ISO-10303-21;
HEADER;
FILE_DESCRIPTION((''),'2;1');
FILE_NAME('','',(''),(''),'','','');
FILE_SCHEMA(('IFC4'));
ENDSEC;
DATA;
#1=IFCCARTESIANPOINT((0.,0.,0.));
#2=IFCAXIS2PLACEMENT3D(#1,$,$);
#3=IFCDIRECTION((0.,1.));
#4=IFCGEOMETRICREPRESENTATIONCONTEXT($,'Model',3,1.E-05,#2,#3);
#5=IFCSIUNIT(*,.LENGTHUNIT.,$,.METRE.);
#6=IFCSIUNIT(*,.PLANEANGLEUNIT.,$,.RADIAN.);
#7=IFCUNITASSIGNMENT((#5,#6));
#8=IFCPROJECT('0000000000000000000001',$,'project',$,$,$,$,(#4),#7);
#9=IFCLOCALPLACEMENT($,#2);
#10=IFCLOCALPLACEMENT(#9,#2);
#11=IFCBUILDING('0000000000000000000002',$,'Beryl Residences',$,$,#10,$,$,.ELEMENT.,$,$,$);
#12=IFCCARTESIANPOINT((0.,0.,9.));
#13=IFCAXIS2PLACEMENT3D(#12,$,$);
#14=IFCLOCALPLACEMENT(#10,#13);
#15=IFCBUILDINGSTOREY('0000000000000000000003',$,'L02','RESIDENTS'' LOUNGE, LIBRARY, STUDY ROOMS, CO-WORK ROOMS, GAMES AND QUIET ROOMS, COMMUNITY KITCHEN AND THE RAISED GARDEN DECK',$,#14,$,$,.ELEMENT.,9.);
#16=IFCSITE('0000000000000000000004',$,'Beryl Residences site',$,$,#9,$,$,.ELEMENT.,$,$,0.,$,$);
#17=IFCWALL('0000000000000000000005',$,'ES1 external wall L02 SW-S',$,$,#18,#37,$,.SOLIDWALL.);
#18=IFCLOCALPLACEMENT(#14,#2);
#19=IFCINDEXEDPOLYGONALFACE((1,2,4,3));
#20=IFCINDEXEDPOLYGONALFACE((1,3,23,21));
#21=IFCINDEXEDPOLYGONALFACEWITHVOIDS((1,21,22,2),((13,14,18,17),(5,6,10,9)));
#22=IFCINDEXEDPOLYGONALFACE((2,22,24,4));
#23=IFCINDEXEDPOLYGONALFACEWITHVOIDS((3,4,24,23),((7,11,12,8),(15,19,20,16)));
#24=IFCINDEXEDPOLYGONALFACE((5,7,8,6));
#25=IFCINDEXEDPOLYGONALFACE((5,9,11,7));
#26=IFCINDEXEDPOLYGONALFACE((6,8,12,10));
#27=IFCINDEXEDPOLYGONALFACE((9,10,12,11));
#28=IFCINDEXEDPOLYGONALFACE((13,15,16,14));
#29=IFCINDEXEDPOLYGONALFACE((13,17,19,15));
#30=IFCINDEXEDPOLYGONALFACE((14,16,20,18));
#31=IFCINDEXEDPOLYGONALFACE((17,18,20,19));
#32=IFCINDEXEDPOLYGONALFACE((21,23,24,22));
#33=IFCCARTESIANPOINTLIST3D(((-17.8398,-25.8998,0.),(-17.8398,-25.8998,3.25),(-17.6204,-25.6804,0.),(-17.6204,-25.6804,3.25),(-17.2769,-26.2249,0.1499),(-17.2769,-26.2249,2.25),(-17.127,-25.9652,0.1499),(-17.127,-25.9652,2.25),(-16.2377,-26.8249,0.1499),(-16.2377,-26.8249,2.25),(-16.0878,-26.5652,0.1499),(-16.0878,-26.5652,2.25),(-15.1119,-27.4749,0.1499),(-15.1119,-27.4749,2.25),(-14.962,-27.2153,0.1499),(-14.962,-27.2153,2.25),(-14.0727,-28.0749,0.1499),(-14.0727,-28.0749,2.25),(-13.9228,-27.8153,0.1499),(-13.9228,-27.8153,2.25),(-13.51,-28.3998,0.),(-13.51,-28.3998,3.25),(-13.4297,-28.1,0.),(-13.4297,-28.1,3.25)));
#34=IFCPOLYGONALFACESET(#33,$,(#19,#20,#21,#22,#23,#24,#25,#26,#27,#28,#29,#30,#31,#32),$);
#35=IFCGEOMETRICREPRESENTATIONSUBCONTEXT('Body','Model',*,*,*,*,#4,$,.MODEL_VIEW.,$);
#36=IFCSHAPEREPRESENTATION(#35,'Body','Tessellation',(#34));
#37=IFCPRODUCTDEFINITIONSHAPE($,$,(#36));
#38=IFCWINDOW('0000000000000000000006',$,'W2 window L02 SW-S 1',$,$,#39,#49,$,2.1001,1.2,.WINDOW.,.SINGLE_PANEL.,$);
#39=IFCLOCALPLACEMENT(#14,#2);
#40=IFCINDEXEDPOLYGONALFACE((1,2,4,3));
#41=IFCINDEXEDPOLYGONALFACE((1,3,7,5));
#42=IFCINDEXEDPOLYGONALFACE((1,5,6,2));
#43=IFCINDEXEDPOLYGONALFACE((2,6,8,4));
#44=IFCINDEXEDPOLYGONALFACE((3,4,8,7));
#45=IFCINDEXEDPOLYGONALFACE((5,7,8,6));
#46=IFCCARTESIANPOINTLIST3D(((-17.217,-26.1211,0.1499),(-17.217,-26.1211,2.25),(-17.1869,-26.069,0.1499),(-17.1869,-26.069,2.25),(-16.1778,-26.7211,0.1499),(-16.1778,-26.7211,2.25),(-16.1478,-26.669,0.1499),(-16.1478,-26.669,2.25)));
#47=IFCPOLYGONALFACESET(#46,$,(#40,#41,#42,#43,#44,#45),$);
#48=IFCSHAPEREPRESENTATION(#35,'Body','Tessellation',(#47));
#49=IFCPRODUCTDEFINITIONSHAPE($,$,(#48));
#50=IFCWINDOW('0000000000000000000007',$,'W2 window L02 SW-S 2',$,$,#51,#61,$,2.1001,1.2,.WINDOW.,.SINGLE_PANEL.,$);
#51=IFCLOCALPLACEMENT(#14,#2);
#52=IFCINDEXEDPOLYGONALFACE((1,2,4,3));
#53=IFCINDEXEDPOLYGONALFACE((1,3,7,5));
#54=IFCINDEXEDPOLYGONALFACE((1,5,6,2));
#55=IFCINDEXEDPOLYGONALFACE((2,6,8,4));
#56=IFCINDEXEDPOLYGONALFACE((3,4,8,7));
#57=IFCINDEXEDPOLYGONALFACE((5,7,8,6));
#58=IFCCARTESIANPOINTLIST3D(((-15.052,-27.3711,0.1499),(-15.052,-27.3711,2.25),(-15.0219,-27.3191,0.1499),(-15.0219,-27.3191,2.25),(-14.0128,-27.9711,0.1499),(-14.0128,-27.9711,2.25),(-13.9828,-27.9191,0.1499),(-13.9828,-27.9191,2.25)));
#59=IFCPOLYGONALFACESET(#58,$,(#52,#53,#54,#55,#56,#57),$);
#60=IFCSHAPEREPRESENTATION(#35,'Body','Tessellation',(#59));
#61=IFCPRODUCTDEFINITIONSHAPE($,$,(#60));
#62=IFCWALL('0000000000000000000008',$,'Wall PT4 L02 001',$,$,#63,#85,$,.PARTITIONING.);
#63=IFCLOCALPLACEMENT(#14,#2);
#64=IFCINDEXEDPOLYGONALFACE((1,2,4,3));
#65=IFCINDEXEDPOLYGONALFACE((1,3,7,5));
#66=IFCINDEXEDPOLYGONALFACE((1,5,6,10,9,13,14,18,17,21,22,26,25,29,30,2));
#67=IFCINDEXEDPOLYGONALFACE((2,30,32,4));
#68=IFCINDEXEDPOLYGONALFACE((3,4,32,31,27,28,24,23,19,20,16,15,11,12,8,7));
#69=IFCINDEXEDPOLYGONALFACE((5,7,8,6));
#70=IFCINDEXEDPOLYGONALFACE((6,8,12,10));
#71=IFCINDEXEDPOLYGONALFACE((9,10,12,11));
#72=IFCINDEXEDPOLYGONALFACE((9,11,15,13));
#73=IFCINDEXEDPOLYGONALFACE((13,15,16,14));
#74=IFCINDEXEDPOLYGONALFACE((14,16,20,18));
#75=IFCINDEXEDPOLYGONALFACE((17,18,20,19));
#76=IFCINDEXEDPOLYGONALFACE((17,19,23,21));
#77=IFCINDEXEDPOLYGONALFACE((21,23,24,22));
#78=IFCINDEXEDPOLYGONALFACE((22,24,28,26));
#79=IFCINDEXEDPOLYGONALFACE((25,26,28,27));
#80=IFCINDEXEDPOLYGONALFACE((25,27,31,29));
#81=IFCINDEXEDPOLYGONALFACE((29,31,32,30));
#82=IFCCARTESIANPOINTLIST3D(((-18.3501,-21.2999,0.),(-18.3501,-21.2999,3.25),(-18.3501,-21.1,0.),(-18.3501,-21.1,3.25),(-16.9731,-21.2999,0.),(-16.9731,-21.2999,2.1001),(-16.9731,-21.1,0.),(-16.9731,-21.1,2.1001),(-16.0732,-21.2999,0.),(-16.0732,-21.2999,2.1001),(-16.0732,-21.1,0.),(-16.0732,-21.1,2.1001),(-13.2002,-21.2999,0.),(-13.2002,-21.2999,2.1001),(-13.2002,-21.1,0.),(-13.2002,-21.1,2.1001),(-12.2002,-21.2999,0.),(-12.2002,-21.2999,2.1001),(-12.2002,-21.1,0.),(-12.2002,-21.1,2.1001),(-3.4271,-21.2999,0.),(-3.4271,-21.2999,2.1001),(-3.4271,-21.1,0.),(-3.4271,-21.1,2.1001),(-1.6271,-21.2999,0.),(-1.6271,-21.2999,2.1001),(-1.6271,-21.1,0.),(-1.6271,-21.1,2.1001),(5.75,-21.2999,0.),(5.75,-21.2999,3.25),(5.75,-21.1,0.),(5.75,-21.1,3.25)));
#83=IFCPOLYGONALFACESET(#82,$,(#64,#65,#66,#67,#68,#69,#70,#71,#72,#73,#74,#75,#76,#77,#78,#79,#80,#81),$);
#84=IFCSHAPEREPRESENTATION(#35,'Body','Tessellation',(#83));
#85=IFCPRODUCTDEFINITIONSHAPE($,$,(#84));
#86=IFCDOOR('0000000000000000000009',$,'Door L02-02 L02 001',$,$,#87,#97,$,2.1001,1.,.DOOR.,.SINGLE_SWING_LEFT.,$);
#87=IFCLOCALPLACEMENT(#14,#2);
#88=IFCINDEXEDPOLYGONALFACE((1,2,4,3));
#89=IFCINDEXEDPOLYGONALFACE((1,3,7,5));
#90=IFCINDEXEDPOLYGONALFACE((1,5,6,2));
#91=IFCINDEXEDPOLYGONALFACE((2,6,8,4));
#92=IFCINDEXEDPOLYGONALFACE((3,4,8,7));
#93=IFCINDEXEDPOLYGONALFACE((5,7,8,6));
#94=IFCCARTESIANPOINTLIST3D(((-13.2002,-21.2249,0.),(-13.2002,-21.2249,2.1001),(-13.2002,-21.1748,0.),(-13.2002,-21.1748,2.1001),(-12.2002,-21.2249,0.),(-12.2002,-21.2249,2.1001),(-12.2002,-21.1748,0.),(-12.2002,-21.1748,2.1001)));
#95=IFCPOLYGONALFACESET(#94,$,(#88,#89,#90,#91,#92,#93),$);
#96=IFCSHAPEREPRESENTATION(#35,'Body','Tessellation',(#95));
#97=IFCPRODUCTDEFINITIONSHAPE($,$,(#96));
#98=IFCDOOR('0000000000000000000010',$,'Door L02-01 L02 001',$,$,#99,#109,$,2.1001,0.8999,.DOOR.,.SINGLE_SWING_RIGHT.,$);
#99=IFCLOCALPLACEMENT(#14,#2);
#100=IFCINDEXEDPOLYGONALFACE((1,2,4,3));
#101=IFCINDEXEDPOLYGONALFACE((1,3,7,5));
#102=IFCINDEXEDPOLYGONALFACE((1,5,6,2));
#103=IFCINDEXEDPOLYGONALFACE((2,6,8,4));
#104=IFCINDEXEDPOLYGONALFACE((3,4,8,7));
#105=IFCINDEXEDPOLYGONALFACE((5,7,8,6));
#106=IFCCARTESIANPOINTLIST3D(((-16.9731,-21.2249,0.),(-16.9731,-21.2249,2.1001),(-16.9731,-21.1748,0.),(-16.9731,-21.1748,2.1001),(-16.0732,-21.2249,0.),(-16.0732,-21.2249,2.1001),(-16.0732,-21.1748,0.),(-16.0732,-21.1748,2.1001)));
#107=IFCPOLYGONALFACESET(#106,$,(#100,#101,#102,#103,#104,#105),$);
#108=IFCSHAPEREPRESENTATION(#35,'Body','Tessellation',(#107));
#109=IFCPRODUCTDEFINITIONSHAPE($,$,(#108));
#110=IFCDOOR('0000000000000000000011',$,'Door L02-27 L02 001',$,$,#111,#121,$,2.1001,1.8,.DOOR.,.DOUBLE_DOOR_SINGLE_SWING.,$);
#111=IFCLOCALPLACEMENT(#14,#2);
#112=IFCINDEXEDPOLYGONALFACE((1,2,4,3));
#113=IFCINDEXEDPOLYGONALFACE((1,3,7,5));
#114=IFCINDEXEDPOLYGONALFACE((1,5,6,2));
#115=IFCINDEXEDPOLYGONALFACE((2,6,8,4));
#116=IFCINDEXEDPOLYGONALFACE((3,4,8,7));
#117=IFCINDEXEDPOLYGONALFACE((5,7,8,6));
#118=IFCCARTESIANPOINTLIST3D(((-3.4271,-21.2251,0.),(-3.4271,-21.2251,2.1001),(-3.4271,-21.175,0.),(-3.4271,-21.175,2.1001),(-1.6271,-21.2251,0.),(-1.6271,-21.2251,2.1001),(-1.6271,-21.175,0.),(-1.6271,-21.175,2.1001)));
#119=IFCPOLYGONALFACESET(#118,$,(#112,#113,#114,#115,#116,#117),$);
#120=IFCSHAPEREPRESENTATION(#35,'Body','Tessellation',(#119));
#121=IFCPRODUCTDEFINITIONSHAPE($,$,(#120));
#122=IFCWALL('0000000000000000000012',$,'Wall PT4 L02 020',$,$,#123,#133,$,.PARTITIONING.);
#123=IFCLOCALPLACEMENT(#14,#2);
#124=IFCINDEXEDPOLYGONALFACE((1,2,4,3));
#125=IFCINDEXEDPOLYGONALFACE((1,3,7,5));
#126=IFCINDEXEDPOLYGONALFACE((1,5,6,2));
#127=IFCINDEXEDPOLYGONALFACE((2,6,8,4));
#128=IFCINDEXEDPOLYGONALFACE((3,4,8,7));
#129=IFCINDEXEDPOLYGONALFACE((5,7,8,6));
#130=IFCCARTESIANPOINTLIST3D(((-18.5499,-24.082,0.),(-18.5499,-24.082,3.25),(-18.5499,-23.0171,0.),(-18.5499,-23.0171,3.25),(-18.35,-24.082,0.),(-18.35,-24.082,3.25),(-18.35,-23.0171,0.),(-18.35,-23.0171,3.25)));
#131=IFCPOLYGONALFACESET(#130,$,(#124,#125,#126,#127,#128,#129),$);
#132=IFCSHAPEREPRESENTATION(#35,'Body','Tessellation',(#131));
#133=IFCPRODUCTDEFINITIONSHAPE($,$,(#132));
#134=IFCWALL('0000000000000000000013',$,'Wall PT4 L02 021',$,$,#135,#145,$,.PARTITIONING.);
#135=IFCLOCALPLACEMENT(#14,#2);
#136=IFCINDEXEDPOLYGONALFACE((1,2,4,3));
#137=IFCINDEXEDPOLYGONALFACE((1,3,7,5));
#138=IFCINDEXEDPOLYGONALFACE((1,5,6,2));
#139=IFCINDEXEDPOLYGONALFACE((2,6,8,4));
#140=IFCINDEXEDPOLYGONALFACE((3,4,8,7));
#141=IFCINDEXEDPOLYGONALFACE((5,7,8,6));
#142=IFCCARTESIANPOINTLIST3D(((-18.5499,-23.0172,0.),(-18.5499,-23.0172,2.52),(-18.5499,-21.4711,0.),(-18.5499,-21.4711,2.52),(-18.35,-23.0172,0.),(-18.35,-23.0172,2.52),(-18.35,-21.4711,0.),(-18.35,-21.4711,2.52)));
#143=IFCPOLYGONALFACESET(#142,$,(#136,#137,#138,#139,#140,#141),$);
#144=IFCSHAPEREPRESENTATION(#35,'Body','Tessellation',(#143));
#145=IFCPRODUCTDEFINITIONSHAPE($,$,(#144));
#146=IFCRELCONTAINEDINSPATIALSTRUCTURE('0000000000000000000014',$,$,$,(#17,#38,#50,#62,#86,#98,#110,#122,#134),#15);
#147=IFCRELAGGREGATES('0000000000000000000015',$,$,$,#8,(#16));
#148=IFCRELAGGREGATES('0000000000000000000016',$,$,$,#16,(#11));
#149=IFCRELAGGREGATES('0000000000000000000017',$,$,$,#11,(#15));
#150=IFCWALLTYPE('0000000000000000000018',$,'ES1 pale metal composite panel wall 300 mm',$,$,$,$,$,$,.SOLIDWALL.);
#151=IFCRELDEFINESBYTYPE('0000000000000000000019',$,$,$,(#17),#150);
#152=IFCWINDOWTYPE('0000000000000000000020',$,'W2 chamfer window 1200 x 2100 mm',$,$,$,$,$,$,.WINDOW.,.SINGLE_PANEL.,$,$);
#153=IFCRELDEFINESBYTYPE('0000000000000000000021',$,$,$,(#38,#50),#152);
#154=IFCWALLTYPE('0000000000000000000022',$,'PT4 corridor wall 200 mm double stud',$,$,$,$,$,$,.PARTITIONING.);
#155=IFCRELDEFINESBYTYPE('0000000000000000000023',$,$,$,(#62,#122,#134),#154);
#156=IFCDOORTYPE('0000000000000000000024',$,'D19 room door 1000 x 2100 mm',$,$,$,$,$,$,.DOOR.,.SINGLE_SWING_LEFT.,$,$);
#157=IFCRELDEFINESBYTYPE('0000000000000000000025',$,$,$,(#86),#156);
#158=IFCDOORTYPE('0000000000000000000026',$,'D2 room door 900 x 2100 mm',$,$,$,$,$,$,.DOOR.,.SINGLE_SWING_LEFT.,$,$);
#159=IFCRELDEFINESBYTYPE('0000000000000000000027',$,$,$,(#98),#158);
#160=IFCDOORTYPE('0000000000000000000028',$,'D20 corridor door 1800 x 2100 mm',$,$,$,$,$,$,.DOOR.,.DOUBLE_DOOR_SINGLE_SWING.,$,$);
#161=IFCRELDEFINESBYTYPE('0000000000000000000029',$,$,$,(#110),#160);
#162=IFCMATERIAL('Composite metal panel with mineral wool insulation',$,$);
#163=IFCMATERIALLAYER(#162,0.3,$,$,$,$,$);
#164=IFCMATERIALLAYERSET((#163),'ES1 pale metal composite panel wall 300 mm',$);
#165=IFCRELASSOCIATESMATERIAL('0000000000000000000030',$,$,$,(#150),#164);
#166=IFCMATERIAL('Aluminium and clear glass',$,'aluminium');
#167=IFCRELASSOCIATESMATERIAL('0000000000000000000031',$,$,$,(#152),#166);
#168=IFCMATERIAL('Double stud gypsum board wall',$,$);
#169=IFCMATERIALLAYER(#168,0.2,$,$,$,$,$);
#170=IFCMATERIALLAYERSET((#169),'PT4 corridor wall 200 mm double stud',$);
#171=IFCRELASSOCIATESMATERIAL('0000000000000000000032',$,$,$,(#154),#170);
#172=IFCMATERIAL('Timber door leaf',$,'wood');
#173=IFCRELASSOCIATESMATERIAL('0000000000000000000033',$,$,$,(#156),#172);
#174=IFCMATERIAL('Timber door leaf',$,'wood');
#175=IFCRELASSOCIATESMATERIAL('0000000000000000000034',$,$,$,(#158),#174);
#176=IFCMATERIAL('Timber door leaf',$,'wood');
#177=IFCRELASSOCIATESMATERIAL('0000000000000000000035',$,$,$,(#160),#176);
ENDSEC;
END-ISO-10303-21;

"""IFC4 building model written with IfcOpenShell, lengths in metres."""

from ifc_helpers import new_model, si_unit, direction, frame, frame_2d, origin, place, context, subcontext, project, spatial, polyline, rectangle, outline, extrude, material, layer, layer_set, type_object, element, fill, save


model = new_model("IFC4")

# Units and contexts
model_context = context("Model", 3, precision=1e-05, world=origin(), true_north=direction((0.0, 1.0)))
body_context = subcontext(model_context, "Body", "Model", "MODEL_VIEW")
ifc_project = project(units=[si_unit("LENGTHUNIT", "METRE"), si_unit("PLANEANGLEUNIT", "RADIAN")], contexts=[model_context])

# Site, building, storey
site_placement = place(None, origin())
site = spatial("IfcSite", under=ifc_project, at=site_placement, Name="Beryl Residences site", CompositionType="ELEMENT", RefElevation=0.0)
building_placement = place(site_placement, origin())
building = spatial("IfcBuilding", under=site, at=building_placement, Name="Beryl Residences", CompositionType="ELEMENT")
storey_placement = place(building_placement, frame((0.0, 0.0, 9.0)))
storey = spatial("IfcBuildingStorey", under=building, at=storey_placement, Name="L02", Description="RESIDENTS' LOUNGE, LIBRARY, STUDY ROOMS, CO-WORK ROOMS, GAMES AND QUIET ROOMS, COMMUNITY KITCHEN AND THE RAISED GARDEN DECK", CompositionType="ELEMENT", Elevation=9.0)

# Wall, openings, windows
ifc_material_1 = material(Name="Composite metal panel with mineral wool insulation")
ifc_layer_1 = layer(ifc_material_1, 0.3)
ifc_layer_set_1 = layer_set([ifc_layer_1], Name="ES1 pale metal composite panel wall 300 mm")
wall_type_1 = type_object("IfcWallType", Name="ES1 pale metal composite panel wall 300 mm", PredefinedType="SOLIDWALL", material=ifc_layer_set_1)
wall_1_placement = place(storey_placement, frame((-17.7649, -25.77, 0.0), z_axis=(0.0, 0.0, 1.0), x_axis=(0.866011, -0.500025, 0.0)))
wall_1 = element("IfcWall", 1, at=wall_1_placement, inside=storey, type_object=wall_type_1, Name="ES1 external wall L02 SW-S", PredefinedType="SOLIDWALL", context=body_context, shape_type="SweptSolid", body=[
    extrude(outline(polyline([(0.0, -0.1499), (4.9998, -0.1499), (4.9194, 0.1499), (0.0803, 0.1499), (0.0, -0.1499)])), origin(), (0.0, 0.0, 1.0), 3.25),
])
opening_1_placement = place(wall_1_placement, frame((0.6499, 0.0, 0.1499)))
opening_1 = element("IfcOpeningElement", 2, at=opening_1_placement, cuts=wall_1, PredefinedType="OPENING", context=body_context, shape_type="SweptSolid", body=[
    extrude(rectangle(XDim=1.2, YDim=2.1001, at=frame_2d((0.6001, 1.05))), frame((0.0, 0.1599, 0.0), z_axis=(0.0, -1.0, 0.0), x_axis=(1.0, 0.0, 0.0)), (0.0, 0.0, 1.0), 0.3201),
])
opening_2_placement = place(wall_1_placement, frame((3.1499, 0.0, 0.1499)))
opening_2 = element("IfcOpeningElement", 3, at=opening_2_placement, cuts=wall_1, PredefinedType="OPENING", context=body_context, shape_type="SweptSolid", body=[
    extrude(rectangle(XDim=1.2, YDim=2.1001, at=frame_2d((0.6001, 1.05))), frame((0.0, 0.1599, 0.0), z_axis=(0.0, -1.0, 0.0), x_axis=(1.0, 0.0, 0.0)), (0.0, 0.0, 1.0), 0.3201),
])
ifc_material_2 = material(Name="Aluminium and clear glass", Category="aluminium")
window_type = type_object("IfcWindowType", Name="W2 chamfer window 1200 x 2100 mm", PartitioningType="SINGLE_PANEL", PredefinedType="WINDOW", material=ifc_material_2)
window_1_placement = place(opening_1_placement, origin())
window_1 = element("IfcWindow", 4, at=window_1_placement, inside=storey, type_object=window_type, Name="W2 window L02 SW-S 1", OverallHeight=2.1001, OverallWidth=1.2, PartitioningType="SINGLE_PANEL", PredefinedType="WINDOW", context=body_context, shape_type="SweptSolid", body=[
    extrude(rectangle(XDim=1.2, YDim=2.1001, at=frame_2d((0.6001, 1.05))), frame((0.0, 0.03, 0.0), z_axis=(0.0, -1.0, 0.0), x_axis=(1.0, 0.0, 0.0)), (0.0, 0.0, 1.0), 0.0601),
])
fill(opening_1, window_1)
window_2_placement = place(opening_2_placement, origin())
window_2 = element("IfcWindow", 5, at=window_2_placement, inside=storey, type_object=window_type, Name="W2 window L02 SW-S 2", OverallHeight=2.1001, OverallWidth=1.2, PartitioningType="SINGLE_PANEL", PredefinedType="WINDOW", context=body_context, shape_type="SweptSolid", body=[
    extrude(rectangle(XDim=1.2, YDim=2.1001, at=frame_2d((0.6001, 1.05))), frame((0.0, 0.03, 0.0), z_axis=(0.0, -1.0, 0.0), x_axis=(1.0, 0.0, 0.0)), (0.0, 0.0, 1.0), 0.0601),
])
fill(opening_2, window_2)

# Wall, openings, doors
ifc_material_3 = material(Name="Double stud gypsum board wall")
ifc_layer_2 = layer(ifc_material_3, 0.2)
ifc_layer_set_2 = layer_set([ifc_layer_2], Name="PT4 corridor wall 200 mm double stud")
wall_type_2 = type_object("IfcWallType", Name="PT4 corridor wall 200 mm double stud", PredefinedType="PARTITIONING", material=ifc_layer_set_2)
wall_2_placement = place(storey_placement, frame((-18.3501, -21.2, 0.0), z_axis=(0.0, 0.0, 1.0), x_axis=(1.0, 0.0, 0.0)))
wall_2 = element("IfcWall", 6, at=wall_2_placement, inside=storey, type_object=wall_type_2, Name="Wall PT4 L02 001", PredefinedType="PARTITIONING", context=body_context, shape_type="SweptSolid", body=[
    extrude(rectangle(XDim=24.1001, YDim=0.2, at=frame_2d((12.05, 0.0))), origin(), (0.0, 0.0, 1.0), 3.25),
])
opening_3_placement = place(wall_2_placement, frame((2.2769, 0.0, 0.0), z_axis=(0.0, 0.0, 1.0), x_axis=(-1.0, 0.0, 0.0)))
opening_3 = element("IfcOpeningElement", 7, at=opening_3_placement, cuts=wall_2, PredefinedType="OPENING", context=body_context, shape_type="SweptSolid", body=[
    extrude(rectangle(XDim=0.8999, YDim=2.1001, at=frame_2d((0.45, 1.05))), frame((0.0, 0.1099, 0.0), z_axis=(0.0, -1.0, 0.0), x_axis=(1.0, 0.0, 0.0)), (0.0, 0.0, 1.0), 0.22),
])
opening_4_placement = place(wall_2_placement, frame((6.1499, 0.0, 0.0), z_axis=(0.0, 0.0, 1.0), x_axis=(-1.0, 0.0, 0.0)))
opening_4 = element("IfcOpeningElement", 8, at=opening_4_placement, cuts=wall_2, PredefinedType="OPENING", context=body_context, shape_type="SweptSolid", body=[
    extrude(rectangle(XDim=1.0, YDim=2.1001, at=frame_2d((0.5, 1.05))), frame((0.0, 0.1099, 0.0), z_axis=(0.0, -1.0, 0.0), x_axis=(1.0, 0.0, 0.0)), (0.0, 0.0, 1.0), 0.22),
])
opening_5_placement = place(wall_2_placement, frame((14.9231, 0.0, 0.0)))
opening_5 = element("IfcOpeningElement", 9, at=opening_5_placement, cuts=wall_2, PredefinedType="OPENING", context=body_context, shape_type="SweptSolid", body=[
    extrude(rectangle(XDim=1.8, YDim=2.1001, at=frame_2d((0.8999, 1.05))), frame((0.0, 0.1099, 0.0), z_axis=(0.0, -1.0, 0.0), x_axis=(1.0, 0.0, 0.0)), (0.0, 0.0, 1.0), 0.22),
])
ifc_material_4 = material(Name="Timber door leaf", Category="wood")
door_type_1 = type_object("IfcDoorType", Name="D19 room door 1000 x 2100 mm", OperationType="SINGLE_SWING_LEFT", PredefinedType="DOOR", material=ifc_material_4)
door_1_placement = place(opening_4_placement, origin())
door_1 = element("IfcDoor", 10, at=door_1_placement, inside=storey, type_object=door_type_1, Name="Door L02-02 L02 001", OperationType="SINGLE_SWING_LEFT", OverallHeight=2.1001, OverallWidth=1.0, PredefinedType="DOOR", context=body_context, shape_type="SweptSolid", body=[
    extrude(rectangle(XDim=1.0, YDim=2.1001, at=frame_2d((0.5, 1.05))), frame((0.0, 0.0249, 0.0), z_axis=(0.0, -1.0, 0.0), x_axis=(1.0, 0.0, 0.0)), (0.0, 0.0, 1.0), 0.05),
])
fill(opening_4, door_1)
ifc_material_5 = material(Name="Timber door leaf", Category="wood")
door_type_2 = type_object("IfcDoorType", Name="D2 room door 900 x 2100 mm", OperationType="SINGLE_SWING_LEFT", PredefinedType="DOOR", material=ifc_material_5)
door_2_placement = place(opening_3_placement, origin())
door_2 = element("IfcDoor", 11, at=door_2_placement, inside=storey, type_object=door_type_2, Name="Door L02-01 L02 001", OperationType="SINGLE_SWING_RIGHT", OverallHeight=2.1001, OverallWidth=0.8999, PredefinedType="DOOR", context=body_context, shape_type="SweptSolid", body=[
    extrude(rectangle(XDim=0.8999, YDim=2.1001, at=frame_2d((0.45, 1.05))), frame((0.0, 0.0249, 0.0), z_axis=(0.0, -1.0, 0.0), x_axis=(1.0, 0.0, 0.0)), (0.0, 0.0, 1.0), 0.05),
])
fill(opening_3, door_2)
ifc_material_6 = material(Name="Timber door leaf", Category="wood")
door_type_3 = type_object("IfcDoorType", Name="D20 corridor door 1800 x 2100 mm", OperationType="DOUBLE_DOOR_SINGLE_SWING", PredefinedType="DOOR", material=ifc_material_6)
door_3_placement = place(opening_5_placement, origin())
door_3 = element("IfcDoor", 12, at=door_3_placement, inside=storey, type_object=door_type_3, Name="Door L02-27 L02 001", OperationType="DOUBLE_DOOR_SINGLE_SWING", OverallHeight=2.1001, OverallWidth=1.8, PredefinedType="DOOR", context=body_context, shape_type="SweptSolid", body=[
    extrude(rectangle(XDim=1.8, YDim=2.1001, at=frame_2d((0.8999, 1.05))), frame((0.0, 0.0249, 0.0), z_axis=(0.0, -1.0, 0.0), x_axis=(1.0, 0.0, 0.0)), (0.0, 0.0, 1.0), 0.05),
])
fill(opening_5, door_3)

# Walls
wall_3_placement = place(storey_placement, frame((-18.45, -24.082, 0.0), z_axis=(0.0, 0.0, 1.0), x_axis=(0.0, 1.0, 0.0)))
element("IfcWall", 13, at=wall_3_placement, inside=storey, type_object=wall_type_2, Name="Wall PT4 L02 020", PredefinedType="PARTITIONING", context=body_context, shape_type="SweptSolid", body=[
    extrude(rectangle(XDim=1.0649, YDim=0.2, at=frame_2d((0.5325, 0.0))), origin(), (0.0, 0.0, 1.0), 3.25),
])
wall_4_placement = place(storey_placement, frame((-18.45, -23.0171, 0.0), z_axis=(0.0, 0.0, 1.0), x_axis=(0.0, 1.0, 0.0)))
element("IfcWall", 14, at=wall_4_placement, inside=storey, type_object=wall_type_2, Name="Wall PT4 L02 021", PredefinedType="PARTITIONING", context=body_context, shape_type="SweptSolid", body=[
    extrude(rectangle(XDim=1.5461, YDim=0.2, at=frame_2d((0.7729, 0.0))), origin(), (0.0, 0.0, 1.0), 2.52),
])

save(model, "model.ifc")
